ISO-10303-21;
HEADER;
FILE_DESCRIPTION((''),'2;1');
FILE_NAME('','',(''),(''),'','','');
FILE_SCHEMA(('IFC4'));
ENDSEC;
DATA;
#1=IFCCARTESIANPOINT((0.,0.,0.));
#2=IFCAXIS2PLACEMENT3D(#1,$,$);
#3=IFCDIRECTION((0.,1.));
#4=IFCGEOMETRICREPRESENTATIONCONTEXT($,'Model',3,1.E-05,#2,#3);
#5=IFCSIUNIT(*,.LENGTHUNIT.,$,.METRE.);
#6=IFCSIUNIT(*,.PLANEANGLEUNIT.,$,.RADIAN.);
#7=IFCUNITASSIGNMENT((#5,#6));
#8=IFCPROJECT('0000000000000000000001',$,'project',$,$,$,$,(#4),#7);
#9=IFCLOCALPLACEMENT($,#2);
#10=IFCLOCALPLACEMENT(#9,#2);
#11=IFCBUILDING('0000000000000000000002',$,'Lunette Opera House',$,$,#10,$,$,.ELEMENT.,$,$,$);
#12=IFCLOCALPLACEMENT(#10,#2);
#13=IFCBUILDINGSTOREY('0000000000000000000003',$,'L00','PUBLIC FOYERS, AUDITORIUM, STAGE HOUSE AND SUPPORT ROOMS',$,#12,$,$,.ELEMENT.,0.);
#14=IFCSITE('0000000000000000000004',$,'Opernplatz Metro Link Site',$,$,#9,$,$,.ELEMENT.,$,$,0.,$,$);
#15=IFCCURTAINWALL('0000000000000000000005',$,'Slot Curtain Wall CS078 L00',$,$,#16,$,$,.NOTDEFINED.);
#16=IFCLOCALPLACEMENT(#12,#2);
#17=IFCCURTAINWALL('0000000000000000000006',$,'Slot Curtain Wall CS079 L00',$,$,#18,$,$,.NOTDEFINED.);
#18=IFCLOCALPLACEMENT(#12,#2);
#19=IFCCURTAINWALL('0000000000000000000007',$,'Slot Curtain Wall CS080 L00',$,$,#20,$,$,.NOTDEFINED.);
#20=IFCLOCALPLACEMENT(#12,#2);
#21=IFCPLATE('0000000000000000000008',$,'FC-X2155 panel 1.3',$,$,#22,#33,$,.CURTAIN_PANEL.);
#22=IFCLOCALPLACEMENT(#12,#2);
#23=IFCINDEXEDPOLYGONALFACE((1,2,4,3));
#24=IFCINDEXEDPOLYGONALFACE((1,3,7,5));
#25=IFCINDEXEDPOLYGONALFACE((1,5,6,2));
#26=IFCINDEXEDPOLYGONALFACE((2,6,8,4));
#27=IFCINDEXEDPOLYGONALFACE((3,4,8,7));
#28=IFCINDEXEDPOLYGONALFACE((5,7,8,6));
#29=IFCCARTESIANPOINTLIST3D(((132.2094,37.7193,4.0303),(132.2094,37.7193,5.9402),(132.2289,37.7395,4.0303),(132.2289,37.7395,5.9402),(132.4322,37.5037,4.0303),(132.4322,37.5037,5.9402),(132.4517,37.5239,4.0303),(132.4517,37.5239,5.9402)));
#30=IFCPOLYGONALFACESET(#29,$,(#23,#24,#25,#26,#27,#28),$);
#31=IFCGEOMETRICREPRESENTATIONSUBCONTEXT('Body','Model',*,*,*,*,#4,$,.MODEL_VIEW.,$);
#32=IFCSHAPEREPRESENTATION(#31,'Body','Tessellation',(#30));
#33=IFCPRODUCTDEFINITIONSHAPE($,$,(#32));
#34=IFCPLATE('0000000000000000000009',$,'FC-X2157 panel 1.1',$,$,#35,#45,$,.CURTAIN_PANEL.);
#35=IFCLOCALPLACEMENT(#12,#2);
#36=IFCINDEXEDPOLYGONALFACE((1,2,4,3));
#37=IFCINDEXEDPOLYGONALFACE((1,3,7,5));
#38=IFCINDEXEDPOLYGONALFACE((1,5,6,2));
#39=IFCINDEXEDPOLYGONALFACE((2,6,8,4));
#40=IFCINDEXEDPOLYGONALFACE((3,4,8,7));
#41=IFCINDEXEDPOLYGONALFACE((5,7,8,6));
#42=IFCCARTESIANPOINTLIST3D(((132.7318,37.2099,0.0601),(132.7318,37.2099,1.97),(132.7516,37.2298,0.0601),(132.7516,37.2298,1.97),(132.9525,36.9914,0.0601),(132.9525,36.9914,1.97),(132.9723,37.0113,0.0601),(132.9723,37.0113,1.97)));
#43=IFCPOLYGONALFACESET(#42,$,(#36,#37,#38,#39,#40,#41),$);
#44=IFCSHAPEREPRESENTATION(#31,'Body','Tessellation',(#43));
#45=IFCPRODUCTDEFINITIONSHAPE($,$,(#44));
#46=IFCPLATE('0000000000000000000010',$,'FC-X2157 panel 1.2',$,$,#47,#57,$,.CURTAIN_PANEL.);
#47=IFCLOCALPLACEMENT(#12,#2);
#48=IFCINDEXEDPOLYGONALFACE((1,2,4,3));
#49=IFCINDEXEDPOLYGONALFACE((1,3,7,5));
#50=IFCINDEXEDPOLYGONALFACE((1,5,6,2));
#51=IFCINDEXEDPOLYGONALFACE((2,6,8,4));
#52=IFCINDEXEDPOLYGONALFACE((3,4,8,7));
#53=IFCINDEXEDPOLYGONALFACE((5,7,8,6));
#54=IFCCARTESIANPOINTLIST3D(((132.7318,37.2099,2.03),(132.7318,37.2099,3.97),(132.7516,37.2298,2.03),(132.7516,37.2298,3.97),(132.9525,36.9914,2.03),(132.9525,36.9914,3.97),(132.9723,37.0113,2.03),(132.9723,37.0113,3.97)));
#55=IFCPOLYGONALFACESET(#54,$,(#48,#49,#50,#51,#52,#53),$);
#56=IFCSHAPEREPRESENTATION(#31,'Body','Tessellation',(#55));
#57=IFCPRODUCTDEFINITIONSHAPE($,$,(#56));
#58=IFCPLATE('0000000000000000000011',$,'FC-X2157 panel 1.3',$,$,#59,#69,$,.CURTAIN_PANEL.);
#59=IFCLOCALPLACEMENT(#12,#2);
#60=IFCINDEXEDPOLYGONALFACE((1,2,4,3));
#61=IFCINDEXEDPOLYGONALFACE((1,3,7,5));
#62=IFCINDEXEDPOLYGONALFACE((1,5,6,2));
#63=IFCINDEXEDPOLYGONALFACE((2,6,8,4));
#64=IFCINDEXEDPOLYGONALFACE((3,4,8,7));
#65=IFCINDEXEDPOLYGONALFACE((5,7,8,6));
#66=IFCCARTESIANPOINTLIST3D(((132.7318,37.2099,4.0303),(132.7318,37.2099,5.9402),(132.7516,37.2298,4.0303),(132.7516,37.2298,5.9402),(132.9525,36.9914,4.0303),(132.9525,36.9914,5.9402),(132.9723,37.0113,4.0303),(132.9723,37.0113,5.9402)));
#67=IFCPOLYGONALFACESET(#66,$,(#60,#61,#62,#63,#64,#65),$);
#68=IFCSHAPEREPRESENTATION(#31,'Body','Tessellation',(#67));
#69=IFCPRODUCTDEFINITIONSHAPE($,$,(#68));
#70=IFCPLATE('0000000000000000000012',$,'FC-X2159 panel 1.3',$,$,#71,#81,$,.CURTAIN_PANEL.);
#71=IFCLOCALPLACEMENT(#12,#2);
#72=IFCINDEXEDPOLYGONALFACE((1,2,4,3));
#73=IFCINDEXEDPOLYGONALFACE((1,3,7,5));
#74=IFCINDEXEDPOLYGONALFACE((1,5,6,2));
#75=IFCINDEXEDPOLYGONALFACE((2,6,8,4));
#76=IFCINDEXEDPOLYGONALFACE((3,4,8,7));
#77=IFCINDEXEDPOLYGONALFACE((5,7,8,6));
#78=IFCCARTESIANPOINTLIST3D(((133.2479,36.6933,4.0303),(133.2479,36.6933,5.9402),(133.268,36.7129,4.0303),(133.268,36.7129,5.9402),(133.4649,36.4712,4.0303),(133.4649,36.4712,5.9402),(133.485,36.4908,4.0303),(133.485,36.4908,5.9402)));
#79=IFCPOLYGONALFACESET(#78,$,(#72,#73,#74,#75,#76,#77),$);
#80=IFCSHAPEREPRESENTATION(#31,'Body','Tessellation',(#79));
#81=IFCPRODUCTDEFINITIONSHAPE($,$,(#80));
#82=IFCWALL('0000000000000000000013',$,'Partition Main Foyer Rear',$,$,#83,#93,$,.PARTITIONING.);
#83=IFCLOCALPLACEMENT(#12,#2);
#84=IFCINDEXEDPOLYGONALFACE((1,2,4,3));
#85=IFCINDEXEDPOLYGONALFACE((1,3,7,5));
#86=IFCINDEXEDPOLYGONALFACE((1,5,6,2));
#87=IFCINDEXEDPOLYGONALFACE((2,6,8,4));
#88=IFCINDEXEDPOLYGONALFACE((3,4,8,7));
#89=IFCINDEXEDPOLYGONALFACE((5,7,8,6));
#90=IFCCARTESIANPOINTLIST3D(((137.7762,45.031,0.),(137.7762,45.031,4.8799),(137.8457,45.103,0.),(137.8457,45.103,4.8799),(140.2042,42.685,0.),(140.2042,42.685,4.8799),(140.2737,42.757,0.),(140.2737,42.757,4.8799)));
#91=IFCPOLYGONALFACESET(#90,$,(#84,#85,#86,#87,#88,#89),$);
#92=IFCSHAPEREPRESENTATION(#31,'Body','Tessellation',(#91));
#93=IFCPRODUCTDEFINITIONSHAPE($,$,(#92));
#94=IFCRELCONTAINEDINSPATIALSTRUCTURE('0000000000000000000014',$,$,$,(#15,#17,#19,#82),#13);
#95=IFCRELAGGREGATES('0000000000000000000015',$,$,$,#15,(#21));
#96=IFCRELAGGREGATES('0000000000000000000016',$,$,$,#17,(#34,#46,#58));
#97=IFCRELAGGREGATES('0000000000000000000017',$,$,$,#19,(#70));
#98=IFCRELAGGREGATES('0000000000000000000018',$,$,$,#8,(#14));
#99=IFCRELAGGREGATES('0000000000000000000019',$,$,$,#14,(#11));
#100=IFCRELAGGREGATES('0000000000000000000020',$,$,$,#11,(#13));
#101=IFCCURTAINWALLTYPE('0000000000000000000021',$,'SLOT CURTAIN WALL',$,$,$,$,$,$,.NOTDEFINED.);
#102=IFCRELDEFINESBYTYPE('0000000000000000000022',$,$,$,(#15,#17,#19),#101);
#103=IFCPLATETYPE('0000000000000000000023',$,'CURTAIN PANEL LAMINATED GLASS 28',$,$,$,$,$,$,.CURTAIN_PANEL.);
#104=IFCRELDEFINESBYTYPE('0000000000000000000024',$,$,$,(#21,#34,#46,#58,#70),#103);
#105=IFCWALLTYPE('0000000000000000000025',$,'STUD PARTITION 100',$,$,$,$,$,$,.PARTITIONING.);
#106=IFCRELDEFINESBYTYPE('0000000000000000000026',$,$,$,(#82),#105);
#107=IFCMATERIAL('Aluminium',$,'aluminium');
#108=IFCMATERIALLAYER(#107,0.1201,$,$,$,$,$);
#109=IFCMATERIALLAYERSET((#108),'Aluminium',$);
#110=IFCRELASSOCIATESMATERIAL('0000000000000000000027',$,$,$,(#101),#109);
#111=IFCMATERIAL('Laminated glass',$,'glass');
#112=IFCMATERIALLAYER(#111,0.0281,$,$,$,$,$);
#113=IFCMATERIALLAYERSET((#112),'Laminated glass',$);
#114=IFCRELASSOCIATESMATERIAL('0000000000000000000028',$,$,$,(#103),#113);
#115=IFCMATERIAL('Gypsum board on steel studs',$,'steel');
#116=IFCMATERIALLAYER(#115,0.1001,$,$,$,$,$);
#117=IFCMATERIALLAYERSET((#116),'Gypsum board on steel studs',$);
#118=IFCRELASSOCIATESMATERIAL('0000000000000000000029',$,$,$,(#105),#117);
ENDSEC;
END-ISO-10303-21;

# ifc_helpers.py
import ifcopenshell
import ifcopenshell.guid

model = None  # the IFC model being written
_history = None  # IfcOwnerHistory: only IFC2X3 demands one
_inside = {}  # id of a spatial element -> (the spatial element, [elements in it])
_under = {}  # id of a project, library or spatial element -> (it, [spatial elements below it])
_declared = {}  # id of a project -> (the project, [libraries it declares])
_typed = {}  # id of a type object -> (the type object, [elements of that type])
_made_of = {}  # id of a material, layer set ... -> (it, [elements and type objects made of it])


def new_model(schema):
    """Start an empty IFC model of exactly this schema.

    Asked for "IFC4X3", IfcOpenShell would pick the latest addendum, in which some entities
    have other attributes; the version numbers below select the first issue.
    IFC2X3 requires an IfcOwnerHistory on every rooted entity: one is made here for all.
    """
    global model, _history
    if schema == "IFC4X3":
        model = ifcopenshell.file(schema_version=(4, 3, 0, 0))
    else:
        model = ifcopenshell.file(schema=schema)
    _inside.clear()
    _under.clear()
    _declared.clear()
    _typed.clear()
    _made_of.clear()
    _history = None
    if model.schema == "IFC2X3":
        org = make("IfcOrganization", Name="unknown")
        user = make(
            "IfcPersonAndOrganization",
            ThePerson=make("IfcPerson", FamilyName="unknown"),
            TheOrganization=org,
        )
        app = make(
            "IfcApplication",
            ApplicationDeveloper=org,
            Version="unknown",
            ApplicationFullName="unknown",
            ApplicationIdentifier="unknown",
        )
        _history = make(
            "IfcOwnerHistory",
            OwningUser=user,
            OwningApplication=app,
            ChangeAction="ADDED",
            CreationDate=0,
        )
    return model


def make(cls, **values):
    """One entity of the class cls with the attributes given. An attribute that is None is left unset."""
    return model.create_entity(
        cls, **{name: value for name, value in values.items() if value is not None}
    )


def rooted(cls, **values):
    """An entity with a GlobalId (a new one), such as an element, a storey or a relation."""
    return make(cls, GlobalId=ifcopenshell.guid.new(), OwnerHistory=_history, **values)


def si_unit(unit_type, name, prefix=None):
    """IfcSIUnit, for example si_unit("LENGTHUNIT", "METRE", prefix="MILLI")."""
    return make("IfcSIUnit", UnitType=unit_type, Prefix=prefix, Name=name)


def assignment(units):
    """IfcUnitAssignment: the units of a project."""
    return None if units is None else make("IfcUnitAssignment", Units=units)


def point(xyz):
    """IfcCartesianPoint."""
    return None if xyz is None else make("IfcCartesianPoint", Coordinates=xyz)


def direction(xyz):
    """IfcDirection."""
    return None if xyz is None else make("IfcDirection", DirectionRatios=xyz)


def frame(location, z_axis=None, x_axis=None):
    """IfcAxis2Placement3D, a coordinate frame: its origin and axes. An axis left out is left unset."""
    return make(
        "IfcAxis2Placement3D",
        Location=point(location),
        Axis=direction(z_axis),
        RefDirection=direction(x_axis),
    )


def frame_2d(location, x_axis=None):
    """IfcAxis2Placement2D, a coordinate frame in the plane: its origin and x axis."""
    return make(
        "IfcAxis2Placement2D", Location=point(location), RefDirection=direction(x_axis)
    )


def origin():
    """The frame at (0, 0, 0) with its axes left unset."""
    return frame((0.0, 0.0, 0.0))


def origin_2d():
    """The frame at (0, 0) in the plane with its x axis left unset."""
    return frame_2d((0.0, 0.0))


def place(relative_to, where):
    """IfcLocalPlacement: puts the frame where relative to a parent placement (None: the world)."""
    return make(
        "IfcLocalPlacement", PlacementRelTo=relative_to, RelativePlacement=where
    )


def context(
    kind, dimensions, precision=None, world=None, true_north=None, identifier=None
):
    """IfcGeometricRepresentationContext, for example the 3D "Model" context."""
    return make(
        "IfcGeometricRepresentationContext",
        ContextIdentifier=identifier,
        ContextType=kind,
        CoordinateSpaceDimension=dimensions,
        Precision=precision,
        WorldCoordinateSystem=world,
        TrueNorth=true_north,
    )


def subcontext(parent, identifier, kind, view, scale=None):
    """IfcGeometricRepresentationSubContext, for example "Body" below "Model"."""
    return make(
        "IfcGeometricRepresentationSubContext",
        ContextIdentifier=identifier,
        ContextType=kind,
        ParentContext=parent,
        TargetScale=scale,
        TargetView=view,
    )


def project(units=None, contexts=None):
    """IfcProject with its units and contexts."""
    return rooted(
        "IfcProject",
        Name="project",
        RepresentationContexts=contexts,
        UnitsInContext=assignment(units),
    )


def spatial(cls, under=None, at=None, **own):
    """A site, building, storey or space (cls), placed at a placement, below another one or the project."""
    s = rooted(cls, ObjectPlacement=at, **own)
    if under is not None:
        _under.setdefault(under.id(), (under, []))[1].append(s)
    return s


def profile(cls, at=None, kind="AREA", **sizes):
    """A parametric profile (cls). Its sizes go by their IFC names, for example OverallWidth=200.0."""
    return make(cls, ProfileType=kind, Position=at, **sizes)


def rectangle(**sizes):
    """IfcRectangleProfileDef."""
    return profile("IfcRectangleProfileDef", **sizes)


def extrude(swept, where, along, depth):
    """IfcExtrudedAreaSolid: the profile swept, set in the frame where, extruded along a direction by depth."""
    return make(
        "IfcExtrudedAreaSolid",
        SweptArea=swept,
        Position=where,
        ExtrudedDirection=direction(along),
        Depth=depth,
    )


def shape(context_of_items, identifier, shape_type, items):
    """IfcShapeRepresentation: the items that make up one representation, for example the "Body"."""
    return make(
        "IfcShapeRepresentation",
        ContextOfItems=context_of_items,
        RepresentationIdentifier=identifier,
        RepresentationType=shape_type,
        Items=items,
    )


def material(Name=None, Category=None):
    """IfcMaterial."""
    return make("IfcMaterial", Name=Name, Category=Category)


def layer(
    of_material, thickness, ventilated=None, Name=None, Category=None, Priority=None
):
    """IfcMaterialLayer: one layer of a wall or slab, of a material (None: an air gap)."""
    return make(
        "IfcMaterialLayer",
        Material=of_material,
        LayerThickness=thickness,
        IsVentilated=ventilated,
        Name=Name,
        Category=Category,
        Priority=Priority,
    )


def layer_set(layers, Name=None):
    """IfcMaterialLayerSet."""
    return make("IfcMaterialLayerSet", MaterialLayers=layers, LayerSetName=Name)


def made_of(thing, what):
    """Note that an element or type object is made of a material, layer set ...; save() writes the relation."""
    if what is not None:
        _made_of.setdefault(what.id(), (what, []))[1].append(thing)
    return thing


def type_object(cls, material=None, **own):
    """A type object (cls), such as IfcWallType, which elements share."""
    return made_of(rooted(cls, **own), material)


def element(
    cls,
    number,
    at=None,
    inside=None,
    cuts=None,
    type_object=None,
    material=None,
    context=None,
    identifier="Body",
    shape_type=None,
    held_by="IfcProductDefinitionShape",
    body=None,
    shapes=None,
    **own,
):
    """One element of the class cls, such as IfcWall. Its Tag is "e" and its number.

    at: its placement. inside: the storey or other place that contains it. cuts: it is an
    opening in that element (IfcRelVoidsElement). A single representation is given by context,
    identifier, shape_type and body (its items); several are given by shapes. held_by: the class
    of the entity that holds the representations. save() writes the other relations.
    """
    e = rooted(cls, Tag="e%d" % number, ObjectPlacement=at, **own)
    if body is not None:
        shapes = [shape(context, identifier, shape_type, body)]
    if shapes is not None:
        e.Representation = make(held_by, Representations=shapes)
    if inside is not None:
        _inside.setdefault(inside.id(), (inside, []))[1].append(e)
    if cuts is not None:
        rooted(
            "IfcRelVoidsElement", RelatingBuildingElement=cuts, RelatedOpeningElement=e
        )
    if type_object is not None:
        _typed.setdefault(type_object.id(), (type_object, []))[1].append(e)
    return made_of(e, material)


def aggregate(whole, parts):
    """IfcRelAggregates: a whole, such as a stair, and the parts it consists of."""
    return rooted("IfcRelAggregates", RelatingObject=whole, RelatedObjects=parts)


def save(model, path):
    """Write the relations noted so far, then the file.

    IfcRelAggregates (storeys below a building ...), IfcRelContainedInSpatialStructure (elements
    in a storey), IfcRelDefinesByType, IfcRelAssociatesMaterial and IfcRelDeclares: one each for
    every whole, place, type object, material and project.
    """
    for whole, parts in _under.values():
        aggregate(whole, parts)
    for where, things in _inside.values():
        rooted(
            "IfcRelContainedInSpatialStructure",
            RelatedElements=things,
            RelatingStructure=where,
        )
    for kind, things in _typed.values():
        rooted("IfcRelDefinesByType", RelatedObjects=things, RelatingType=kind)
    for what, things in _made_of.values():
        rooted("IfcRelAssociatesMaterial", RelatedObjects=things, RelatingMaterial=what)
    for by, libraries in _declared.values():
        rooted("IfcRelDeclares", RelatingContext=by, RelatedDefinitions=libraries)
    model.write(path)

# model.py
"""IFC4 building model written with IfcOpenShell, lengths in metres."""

from ifc_helpers import new_model, si_unit, direction, frame, frame_2d, origin, origin_2d, place, context, subcontext, project, spatial, rectangle, extrude, material, layer, layer_set, type_object, element, aggregate, save


model = new_model("IFC4")

# Units and contexts
model_context = context("Model", 3, precision=1e-05, world=origin(), true_north=direction((0.0, 1.0)))
body_context = subcontext(model_context, "Body", "Model", "MODEL_VIEW")
ifc_project = project(units=[si_unit("LENGTHUNIT", "METRE"), si_unit("PLANEANGLEUNIT", "RADIAN")], contexts=[model_context])

# Site, building, storey
site_placement = place(None, origin())
site = spatial("IfcSite", under=ifc_project, at=site_placement, Name="Opernplatz Metro Link Site", CompositionType="ELEMENT", RefElevation=0.0)
building_placement = place(site_placement, origin())
building = spatial("IfcBuilding", under=site, at=building_placement, Name="Lunette Opera House", CompositionType="ELEMENT")
storey_placement = place(building_placement, origin())
storey = spatial("IfcBuildingStorey", under=building, at=storey_placement, Name="L00", Description="PUBLIC FOYERS, AUDITORIUM, STAGE HOUSE AND SUPPORT ROOMS", CompositionType="ELEMENT", Elevation=0.0)

# Curtain walls
ifc_material_1 = material(Name="Aluminium", Category="aluminium")
ifc_layer_1 = layer(ifc_material_1, 0.1201)
ifc_layer_set_1 = layer_set([ifc_layer_1], Name="Aluminium")
curtain_wall_type = type_object("IfcCurtainWallType", Name="SLOT CURTAIN WALL", PredefinedType="NOTDEFINED", material=ifc_layer_set_1)
curtain_wall_1_placement = place(storey_placement, origin())
curtain_wall_1 = element("IfcCurtainWall", 1, at=curtain_wall_1_placement, inside=storey, type_object=curtain_wall_type, Name="Slot Curtain Wall CS078 L00", PredefinedType="NOTDEFINED")
curtain_wall_2_placement = place(storey_placement, origin())
curtain_wall_2 = element("IfcCurtainWall", 2, at=curtain_wall_2_placement, inside=storey, type_object=curtain_wall_type, Name="Slot Curtain Wall CS079 L00", PredefinedType="NOTDEFINED")

# Curtain wall
curtain_wall_3_placement = place(storey_placement, origin())
curtain_wall_3 = element("IfcCurtainWall", 3, at=curtain_wall_3_placement, inside=storey, type_object=curtain_wall_type, Name="Slot Curtain Wall CS080 L00", PredefinedType="NOTDEFINED")

# Plates
ifc_material_2 = material(Name="Laminated glass", Category="glass")
ifc_layer_2 = layer(ifc_material_2, 0.0281)
ifc_layer_set_2 = layer_set([ifc_layer_2], Name="Laminated glass")
plate_type = type_object("IfcPlateType", Name="CURTAIN PANEL LAMINATED GLASS 28", PredefinedType="CURTAIN_PANEL", material=ifc_layer_set_2)
plate_1_placement = place(storey_placement, frame((132.3306, 37.6216, 4.0303), z_axis=(0.0, 0.0, 1.0), x_axis=(0.71864, -0.695383, 0.0)))
plate_1 = element("IfcPlate", 4, at=plate_1_placement, type_object=plate_type, Name="FC-X2155 panel 1.3", PredefinedType="CURTAIN_PANEL", context=body_context, shape_type="SweptSolid", body=[
    extrude(rectangle(XDim=0.3101, YDim=0.0281, at=origin_2d()), origin(), (0.0, 0.0, 1.0), 1.9099),
])
aggregate(curtain_wall_1, [plate_1])
plate_2_placement = place(storey_placement, frame((132.8521, 37.1106, 0.0601), z_axis=(0.0, 0.0, 1.0), x_axis=(0.710581, -0.703615, 0.0)))
plate_2 = element("IfcPlate", 5, at=plate_2_placement, type_object=plate_type, Name="FC-X2157 panel 1.1", PredefinedType="CURTAIN_PANEL", context=body_context, shape_type="SweptSolid", body=[
    extrude(rectangle(XDim=0.3105, YDim=0.0281, at=origin_2d()), origin(), (0.0, 0.0, 1.0), 1.9099),
])
plate_3_placement = place(storey_placement, frame((132.8521, 37.1106, 2.03), z_axis=(0.0, 0.0, 1.0), x_axis=(0.710581, -0.703615, 0.0)))
plate_3 = element("IfcPlate", 6, at=plate_3_placement, type_object=plate_type, Name="FC-X2157 panel 1.2", PredefinedType="CURTAIN_PANEL", context=body_context, shape_type="SweptSolid", body=[
    extrude(rectangle(XDim=0.3105, YDim=0.0281, at=origin_2d()), origin(), (0.0, 0.0, 1.0), 1.9399),
])
plate_4_placement = place(storey_placement, frame((132.8521, 37.1106, 4.0303), z_axis=(0.0, 0.0, 1.0), x_axis=(0.710581, -0.703615, 0.0)))
plate_4 = element("IfcPlate", 7, at=plate_4_placement, type_object=plate_type, Name="FC-X2157 panel 1.3", PredefinedType="CURTAIN_PANEL", context=body_context, shape_type="SweptSolid", body=[
    extrude(rectangle(XDim=0.3105, YDim=0.0281, at=origin_2d()), origin(), (0.0, 0.0, 1.0), 1.9099),
])
aggregate(curtain_wall_2, [plate_2, plate_3, plate_4])
plate_5_placement = place(storey_placement, frame((133.3665, 36.592, 4.0303), z_axis=(0.0, 0.0, 1.0), x_axis=(0.698933, -0.715187, 0.0)))
plate_5 = element("IfcPlate", 8, at=plate_5_placement, type_object=plate_type, Name="FC-X2159 panel 1.3", PredefinedType="CURTAIN_PANEL", context=body_context, shape_type="SweptSolid", body=[
    extrude(rectangle(XDim=0.3105, YDim=0.0281, at=origin_2d()), origin(), (0.0, 0.0, 1.0), 1.9099),
])
aggregate(curtain_wall_3, [plate_5])

# Wall
ifc_material_3 = material(Name="Gypsum board on steel studs", Category="steel")
ifc_layer_3 = layer(ifc_material_3, 0.1001)
ifc_layer_set_3 = layer_set([ifc_layer_3], Name="Gypsum board on steel studs")
wall_type = type_object("IfcWallType", Name="STUD PARTITION 100", PredefinedType="PARTITIONING", material=ifc_layer_set_3)
wall_placement = place(storey_placement, frame((137.811, 45.0669, 0.0), z_axis=(0.0, 0.0, 1.0), x_axis=(0.719151, -0.694854, 0.0)))
element("IfcWall", 9, at=wall_placement, inside=storey, type_object=wall_type, Name="Partition Main Foyer Rear", PredefinedType="PARTITIONING", context=body_context, shape_type="SweptSolid", body=[
    extrude(rectangle(XDim=3.3762, YDim=0.1001, at=frame_2d((1.688, 0.0))), origin(), (0.0, 0.0, 1.0), 4.8799),
])

save(model, "model.ifc")
